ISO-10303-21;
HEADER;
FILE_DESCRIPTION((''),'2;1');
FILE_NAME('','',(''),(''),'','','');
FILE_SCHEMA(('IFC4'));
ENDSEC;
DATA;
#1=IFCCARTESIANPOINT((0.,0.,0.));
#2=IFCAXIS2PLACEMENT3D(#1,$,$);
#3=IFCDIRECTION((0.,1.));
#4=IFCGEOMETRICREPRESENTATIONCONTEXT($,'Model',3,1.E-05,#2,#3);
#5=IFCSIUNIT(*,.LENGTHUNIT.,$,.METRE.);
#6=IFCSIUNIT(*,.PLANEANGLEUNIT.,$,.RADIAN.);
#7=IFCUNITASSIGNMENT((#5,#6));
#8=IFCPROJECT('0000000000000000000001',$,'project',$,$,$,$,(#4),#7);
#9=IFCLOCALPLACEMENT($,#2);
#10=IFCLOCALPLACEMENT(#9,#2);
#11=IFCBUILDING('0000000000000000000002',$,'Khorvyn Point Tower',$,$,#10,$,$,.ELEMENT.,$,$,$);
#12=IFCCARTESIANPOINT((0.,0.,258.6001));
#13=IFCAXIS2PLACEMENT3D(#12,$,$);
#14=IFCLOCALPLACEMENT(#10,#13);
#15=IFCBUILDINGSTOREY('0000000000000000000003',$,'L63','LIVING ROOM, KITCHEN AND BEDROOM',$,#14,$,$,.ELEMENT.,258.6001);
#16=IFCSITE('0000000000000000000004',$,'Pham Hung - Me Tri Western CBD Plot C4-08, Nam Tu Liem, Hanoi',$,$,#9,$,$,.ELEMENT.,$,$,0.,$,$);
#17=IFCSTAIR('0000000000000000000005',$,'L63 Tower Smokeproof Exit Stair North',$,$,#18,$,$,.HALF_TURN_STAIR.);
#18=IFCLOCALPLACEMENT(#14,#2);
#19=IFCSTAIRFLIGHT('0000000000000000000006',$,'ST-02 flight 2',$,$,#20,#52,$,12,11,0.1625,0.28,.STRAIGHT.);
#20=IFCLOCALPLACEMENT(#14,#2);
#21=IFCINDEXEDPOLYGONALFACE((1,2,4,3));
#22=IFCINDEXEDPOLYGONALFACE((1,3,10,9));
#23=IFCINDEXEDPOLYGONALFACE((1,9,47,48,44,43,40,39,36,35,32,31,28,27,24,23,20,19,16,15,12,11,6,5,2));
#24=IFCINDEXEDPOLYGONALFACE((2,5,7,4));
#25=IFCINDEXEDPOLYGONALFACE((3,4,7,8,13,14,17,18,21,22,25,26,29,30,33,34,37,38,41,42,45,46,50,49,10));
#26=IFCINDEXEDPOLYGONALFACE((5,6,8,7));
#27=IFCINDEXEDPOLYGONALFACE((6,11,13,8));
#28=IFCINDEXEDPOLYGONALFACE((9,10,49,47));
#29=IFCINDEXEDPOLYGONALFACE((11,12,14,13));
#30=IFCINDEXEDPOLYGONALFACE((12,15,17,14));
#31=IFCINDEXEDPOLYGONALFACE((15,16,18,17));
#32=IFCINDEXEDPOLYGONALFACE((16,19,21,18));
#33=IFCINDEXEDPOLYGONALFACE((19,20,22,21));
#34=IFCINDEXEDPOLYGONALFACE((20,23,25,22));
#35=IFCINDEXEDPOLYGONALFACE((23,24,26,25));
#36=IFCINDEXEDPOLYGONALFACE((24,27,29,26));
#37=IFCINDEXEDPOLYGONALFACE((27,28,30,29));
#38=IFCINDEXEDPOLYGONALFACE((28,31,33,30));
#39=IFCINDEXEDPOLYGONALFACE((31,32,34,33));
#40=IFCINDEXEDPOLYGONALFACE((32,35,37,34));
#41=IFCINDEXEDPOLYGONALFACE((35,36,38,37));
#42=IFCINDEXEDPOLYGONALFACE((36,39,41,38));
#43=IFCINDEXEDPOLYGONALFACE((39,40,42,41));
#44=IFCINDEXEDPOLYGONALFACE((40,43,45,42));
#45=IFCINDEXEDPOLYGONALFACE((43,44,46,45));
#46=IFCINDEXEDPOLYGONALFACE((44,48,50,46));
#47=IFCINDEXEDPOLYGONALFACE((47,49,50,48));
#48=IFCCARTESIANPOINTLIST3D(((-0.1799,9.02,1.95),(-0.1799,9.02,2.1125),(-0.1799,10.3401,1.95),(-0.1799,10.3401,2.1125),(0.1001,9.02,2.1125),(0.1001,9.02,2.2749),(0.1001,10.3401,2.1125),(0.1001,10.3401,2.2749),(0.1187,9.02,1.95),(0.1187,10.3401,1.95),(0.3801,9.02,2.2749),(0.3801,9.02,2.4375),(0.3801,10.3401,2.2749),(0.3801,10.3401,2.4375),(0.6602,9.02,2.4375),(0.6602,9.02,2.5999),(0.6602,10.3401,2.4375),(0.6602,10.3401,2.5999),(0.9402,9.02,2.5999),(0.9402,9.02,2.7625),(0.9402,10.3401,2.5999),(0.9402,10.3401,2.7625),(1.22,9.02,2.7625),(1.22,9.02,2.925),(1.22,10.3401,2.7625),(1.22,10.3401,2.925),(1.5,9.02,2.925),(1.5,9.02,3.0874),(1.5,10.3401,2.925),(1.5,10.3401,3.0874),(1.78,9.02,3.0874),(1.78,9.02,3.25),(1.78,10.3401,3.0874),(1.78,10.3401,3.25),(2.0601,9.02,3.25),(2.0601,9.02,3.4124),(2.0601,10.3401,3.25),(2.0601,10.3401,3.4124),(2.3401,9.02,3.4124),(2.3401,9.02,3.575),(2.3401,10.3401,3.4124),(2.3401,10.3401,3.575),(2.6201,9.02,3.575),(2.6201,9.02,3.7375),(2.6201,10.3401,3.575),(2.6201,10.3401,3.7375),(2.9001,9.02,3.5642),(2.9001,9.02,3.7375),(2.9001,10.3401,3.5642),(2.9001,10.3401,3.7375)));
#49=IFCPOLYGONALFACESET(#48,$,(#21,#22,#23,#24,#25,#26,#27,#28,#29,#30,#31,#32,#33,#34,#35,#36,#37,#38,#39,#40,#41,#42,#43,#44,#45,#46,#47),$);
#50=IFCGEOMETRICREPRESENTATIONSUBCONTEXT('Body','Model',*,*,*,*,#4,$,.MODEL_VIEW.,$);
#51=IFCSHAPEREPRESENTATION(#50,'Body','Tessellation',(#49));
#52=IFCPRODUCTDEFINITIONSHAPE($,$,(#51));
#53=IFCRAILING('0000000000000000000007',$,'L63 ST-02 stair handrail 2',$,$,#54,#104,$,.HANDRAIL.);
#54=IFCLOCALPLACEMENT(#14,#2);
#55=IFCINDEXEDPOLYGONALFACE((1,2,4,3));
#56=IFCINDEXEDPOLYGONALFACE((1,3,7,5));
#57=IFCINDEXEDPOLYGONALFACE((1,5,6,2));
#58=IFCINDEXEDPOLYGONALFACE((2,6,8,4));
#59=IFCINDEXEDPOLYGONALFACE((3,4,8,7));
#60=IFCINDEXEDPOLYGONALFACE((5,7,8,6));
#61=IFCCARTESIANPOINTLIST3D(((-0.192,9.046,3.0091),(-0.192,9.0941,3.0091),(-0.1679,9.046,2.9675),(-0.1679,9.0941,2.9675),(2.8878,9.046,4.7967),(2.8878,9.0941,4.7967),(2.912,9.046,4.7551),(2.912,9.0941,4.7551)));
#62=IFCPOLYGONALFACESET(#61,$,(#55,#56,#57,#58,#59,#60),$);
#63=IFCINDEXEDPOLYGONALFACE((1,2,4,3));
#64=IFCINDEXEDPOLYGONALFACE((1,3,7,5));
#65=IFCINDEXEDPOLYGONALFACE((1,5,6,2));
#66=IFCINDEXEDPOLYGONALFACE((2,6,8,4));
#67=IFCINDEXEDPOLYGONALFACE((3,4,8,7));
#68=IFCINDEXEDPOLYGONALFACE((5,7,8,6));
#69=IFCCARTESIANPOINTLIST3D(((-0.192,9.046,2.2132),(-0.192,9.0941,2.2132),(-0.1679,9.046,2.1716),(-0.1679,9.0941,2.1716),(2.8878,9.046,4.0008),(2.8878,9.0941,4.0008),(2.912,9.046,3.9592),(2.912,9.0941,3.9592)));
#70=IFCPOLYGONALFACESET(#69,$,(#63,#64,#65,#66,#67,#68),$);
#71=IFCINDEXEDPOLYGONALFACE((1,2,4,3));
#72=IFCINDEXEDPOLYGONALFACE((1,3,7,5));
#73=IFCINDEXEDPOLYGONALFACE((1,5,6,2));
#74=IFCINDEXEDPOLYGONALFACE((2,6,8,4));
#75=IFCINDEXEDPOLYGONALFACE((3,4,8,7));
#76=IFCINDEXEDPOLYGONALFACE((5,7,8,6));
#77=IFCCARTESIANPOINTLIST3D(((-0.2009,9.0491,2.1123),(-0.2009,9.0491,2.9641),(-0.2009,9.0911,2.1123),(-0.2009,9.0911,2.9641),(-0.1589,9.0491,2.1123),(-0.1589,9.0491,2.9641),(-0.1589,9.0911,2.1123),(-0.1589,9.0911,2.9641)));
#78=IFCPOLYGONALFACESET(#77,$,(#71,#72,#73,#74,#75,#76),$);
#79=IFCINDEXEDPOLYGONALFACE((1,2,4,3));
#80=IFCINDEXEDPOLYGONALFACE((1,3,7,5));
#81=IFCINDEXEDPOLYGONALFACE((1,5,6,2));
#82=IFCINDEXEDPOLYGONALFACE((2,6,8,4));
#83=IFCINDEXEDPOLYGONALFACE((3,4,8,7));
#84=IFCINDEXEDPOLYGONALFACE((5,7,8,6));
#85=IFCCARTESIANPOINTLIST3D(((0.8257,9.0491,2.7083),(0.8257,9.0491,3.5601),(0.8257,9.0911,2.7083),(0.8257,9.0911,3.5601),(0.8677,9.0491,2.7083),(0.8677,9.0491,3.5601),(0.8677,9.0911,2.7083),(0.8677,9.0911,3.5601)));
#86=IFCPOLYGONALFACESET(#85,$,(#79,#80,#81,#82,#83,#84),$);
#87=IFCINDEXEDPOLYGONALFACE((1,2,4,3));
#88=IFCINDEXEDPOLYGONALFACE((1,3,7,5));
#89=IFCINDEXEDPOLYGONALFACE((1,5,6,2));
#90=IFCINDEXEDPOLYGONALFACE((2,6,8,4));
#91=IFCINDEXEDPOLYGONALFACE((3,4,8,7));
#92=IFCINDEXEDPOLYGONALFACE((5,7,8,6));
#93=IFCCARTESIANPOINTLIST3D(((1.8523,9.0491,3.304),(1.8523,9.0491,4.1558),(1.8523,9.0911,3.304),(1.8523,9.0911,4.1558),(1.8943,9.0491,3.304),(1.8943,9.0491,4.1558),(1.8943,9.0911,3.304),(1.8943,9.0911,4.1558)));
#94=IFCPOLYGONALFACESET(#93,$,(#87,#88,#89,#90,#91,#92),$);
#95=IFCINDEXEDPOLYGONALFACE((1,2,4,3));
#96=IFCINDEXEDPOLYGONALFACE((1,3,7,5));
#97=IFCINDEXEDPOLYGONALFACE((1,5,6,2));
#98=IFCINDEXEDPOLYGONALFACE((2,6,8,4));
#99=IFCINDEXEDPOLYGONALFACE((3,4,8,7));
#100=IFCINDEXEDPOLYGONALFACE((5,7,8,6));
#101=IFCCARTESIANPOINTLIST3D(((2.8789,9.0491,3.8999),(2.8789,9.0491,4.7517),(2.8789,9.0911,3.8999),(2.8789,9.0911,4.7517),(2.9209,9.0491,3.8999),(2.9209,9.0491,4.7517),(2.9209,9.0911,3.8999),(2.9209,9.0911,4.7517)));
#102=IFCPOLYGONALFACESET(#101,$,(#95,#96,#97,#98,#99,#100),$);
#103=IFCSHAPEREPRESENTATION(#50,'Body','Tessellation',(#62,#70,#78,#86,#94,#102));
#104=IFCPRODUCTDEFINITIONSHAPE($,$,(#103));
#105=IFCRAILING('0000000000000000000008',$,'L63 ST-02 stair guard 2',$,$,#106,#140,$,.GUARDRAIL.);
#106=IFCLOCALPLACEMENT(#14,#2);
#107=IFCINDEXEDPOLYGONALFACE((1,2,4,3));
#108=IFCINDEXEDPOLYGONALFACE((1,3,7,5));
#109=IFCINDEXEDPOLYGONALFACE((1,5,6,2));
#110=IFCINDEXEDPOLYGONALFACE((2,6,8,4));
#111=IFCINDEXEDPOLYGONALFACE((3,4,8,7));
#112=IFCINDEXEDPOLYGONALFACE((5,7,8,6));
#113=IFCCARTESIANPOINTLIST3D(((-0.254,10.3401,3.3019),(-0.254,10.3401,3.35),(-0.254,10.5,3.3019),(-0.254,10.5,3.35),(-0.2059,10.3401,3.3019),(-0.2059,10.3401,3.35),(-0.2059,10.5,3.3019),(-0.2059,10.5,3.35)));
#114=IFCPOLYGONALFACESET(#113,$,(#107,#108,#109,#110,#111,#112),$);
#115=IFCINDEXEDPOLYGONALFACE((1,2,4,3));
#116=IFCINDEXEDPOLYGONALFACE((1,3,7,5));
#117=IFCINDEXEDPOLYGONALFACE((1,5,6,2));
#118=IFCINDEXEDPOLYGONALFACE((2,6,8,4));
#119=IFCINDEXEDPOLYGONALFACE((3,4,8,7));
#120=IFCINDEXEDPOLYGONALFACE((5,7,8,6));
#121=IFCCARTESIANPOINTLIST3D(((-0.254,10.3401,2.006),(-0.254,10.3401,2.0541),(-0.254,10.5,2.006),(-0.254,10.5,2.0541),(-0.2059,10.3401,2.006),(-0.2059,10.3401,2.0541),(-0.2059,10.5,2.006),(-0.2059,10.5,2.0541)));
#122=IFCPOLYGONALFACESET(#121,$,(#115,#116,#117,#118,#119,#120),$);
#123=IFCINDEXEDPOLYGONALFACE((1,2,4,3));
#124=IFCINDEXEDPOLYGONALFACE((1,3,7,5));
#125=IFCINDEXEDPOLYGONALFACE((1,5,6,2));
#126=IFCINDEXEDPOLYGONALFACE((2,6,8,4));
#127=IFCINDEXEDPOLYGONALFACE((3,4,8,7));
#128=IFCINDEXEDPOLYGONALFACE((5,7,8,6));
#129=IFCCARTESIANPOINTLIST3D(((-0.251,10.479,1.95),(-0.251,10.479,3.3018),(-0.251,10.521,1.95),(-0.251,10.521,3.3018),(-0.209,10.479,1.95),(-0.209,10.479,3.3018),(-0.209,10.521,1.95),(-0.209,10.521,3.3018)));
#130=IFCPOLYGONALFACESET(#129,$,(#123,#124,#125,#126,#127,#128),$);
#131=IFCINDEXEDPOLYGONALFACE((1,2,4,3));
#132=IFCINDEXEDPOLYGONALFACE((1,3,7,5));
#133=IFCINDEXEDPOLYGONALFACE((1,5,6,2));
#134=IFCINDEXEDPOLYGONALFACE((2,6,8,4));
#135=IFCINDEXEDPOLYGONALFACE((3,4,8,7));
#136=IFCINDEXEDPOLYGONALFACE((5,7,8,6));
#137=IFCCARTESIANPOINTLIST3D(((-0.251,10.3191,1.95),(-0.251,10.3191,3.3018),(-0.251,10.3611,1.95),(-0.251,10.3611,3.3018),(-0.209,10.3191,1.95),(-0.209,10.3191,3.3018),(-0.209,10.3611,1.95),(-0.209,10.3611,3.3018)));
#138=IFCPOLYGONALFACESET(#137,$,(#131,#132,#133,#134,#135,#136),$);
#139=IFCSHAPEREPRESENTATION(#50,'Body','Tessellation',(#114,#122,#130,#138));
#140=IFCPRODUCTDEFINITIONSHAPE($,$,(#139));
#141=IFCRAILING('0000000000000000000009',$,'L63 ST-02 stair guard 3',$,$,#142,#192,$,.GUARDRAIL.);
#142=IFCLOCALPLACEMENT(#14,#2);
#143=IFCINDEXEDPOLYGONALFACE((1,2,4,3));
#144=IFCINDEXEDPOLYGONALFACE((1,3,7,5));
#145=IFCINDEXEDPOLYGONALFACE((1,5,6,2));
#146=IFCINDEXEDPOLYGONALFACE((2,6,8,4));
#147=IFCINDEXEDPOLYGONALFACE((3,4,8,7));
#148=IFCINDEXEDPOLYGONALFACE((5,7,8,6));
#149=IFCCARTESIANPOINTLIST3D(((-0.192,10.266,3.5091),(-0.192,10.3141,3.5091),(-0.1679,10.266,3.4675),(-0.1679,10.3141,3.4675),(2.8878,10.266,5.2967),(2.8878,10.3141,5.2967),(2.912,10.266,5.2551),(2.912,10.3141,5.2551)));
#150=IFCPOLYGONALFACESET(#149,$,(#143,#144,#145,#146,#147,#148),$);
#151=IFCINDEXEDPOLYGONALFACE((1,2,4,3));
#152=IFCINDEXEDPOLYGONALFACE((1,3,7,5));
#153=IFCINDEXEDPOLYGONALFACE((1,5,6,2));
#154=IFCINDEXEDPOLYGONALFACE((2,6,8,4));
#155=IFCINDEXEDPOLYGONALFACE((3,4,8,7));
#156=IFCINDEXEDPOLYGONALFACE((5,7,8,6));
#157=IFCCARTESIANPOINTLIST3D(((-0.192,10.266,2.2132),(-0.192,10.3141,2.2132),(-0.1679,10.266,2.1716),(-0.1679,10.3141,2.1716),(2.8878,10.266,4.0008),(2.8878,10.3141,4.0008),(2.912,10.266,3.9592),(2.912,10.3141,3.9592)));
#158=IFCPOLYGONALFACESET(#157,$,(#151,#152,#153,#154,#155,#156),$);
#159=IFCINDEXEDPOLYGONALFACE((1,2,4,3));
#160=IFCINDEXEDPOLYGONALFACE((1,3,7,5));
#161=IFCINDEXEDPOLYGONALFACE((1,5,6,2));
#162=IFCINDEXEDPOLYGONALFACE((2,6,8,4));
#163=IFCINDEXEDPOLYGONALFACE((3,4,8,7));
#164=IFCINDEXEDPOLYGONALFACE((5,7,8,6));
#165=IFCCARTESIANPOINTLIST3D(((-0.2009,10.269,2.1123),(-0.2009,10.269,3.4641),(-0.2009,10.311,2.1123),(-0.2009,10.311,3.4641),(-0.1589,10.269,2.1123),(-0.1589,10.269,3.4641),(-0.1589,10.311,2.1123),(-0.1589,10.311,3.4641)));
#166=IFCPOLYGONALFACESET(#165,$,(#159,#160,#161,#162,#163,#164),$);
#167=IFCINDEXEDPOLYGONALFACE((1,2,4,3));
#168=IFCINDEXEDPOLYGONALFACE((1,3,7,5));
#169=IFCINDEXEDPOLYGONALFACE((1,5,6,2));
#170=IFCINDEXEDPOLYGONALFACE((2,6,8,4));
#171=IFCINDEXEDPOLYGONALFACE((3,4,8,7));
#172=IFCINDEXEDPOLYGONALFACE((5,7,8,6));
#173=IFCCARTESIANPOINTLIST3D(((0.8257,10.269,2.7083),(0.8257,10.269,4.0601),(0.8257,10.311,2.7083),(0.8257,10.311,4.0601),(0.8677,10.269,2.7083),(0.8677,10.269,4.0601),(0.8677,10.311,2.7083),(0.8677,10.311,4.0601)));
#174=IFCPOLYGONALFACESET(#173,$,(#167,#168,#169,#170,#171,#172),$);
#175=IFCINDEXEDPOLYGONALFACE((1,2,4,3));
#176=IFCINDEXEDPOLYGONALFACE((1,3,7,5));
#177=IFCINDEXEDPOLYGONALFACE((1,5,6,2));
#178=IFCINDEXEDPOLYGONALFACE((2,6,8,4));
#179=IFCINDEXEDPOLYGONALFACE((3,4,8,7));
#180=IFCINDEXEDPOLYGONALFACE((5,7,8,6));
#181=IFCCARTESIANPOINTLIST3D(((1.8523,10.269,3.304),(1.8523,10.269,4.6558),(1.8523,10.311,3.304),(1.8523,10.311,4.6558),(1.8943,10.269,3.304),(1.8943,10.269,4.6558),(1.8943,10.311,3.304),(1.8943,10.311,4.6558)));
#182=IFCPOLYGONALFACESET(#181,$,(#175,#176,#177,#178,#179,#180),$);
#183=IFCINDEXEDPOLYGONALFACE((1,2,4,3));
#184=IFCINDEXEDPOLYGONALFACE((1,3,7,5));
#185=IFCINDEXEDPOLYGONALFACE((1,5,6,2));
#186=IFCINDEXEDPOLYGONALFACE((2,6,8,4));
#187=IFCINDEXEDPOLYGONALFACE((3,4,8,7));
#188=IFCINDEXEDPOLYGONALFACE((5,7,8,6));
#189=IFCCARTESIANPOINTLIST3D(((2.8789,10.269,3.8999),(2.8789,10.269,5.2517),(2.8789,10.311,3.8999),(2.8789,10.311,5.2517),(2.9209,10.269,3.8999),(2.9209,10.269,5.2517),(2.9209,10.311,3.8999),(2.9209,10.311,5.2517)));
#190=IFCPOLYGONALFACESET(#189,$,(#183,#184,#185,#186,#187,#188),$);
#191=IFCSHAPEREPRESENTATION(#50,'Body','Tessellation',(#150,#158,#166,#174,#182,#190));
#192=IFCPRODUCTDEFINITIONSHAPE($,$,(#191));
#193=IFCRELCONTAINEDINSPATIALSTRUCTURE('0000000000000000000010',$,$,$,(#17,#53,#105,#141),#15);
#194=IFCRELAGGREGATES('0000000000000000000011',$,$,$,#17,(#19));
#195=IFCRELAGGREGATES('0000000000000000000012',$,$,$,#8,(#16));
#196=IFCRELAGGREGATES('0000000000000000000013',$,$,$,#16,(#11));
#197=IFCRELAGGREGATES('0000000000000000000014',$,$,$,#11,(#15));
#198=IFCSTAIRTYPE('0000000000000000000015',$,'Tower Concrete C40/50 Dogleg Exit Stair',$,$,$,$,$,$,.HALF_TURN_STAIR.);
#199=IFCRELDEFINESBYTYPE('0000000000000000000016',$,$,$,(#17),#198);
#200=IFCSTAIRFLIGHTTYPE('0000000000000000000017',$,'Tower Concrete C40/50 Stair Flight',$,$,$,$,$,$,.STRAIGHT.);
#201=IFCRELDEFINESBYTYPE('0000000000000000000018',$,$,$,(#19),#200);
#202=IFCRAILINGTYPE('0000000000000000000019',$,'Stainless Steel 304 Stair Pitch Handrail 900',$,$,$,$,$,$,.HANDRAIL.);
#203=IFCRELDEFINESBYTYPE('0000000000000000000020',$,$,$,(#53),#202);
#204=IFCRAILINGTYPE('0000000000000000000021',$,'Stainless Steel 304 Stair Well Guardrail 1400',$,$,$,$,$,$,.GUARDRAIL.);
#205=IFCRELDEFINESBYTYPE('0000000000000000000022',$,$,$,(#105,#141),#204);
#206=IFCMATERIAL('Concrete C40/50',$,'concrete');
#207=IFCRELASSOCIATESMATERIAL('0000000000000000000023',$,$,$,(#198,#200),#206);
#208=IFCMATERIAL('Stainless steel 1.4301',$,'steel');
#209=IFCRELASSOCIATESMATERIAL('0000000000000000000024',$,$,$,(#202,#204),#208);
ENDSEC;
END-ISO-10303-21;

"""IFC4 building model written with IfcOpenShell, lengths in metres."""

from ifc_helpers import new_model, si_unit, direction, frame, origin, origin_2d, place, context, subcontext, project, spatial, polyline, rectangle, outline, extrude, material, type_object, element, aggregate, save


model = new_model("IFC4")

# Units and contexts
model_context = context("Model", 3, precision=1e-05, world=origin(), true_north=direction((0.0, 1.0)))
body_context = subcontext(model_context, "Body", "Model", "MODEL_VIEW")
ifc_project = project(units=[si_unit("LENGTHUNIT", "METRE"), si_unit("PLANEANGLEUNIT", "RADIAN")], contexts=[model_context])

# Site, building, storey
site_placement = place(None, origin())
site = spatial("IfcSite", under=ifc_project, at=site_placement, Name="Pham Hung - Me Tri Western CBD Plot C4-08, Nam Tu Liem, Hanoi", CompositionType="ELEMENT", RefElevation=0.0)
building_placement = place(site_placement, origin())
building = spatial("IfcBuilding", under=site, at=building_placement, Name="Khorvyn Point Tower", CompositionType="ELEMENT")
storey_placement = place(building_placement, frame((0.0, 0.0, 258.6001)))
storey = spatial("IfcBuildingStorey", under=building, at=storey_placement, Name="L63", Description="LIVING ROOM, KITCHEN AND BEDROOM", CompositionType="ELEMENT", Elevation=258.6001)

# Shared definitions
ifc_material_1 = material(Name="Concrete C40/50", Category="concrete")

# Stair, stair flight
stair_type = type_object("IfcStairType", Name="Tower Concrete C40/50 Dogleg Exit Stair", PredefinedType="HALF_TURN_STAIR", material=ifc_material_1)
stair_placement = place(storey_placement, origin())
stair = element("IfcStair", 1, at=stair_placement, inside=storey, type_object=stair_type, Name="L63 Tower Smokeproof Exit Stair North", PredefinedType="HALF_TURN_STAIR")
stair_flight_type = type_object("IfcStairFlightType", Name="Tower Concrete C40/50 Stair Flight", PredefinedType="STRAIGHT", material=ifc_material_1)
stair_flight_placement = place(storey_placement, frame((-0.1799, 9.6799, 1.95), z_axis=(0.0, 0.0, 1.0), x_axis=(1.0, 0.0, 0.0)))
stair_flight = element("IfcStairFlight", 2, at=stair_flight_placement, type_object=stair_flight_type, Name="ST-02 flight 2", NumberOfRisers=12, NumberOfTreads=11, PredefinedType="STRAIGHT", RiserHeight=0.1625, TreadLength=0.28, context=body_context, shape_type="SweptSolid", body=[
    extrude(outline(polyline([(0.0, 0.0), (0.0, 0.1626), (0.28, 0.1626), (0.28, 0.325), (0.5601, 0.325), (0.5601, 0.4875), (0.8401, 0.4875), (0.8401, 0.6499), (1.1201, 0.6499), (1.1201, 0.8125), (1.3999, 0.8125), (1.3999, 0.9751), (1.6799, 0.9751), (1.6799, 1.1375), (1.96, 1.1375), (1.96, 1.3), (2.24, 1.3), (2.24, 1.4624), (2.52, 1.4624), (2.52, 1.625), (2.8, 1.625), (2.8, 1.7876), (3.0801, 1.7876), (3.0801, 1.95), (3.0801, 1.6143), (0.2986, 0.0), (0.0, 0.0)])), frame((0.0, 0.6602, 0.0), z_axis=(0.0, -1.0, 0.0), x_axis=(1.0, 0.0, 0.0)), (0.0, 0.0, 1.0), 1.3201),
])
aggregate(stair, [stair_flight])

# Railings
ifc_material_2 = material(Name="Stainless steel 1.4301", Category="steel")
railing_type_1 = type_object("IfcRailingType", Name="Stainless Steel 304 Stair Pitch Handrail 900", PredefinedType="HANDRAIL", material=ifc_material_2)
railing_1_placement = place(storey_placement, frame((-0.1799, 9.0701, 2.1123)))
element("IfcRailing", 3, at=railing_1_placement, inside=storey, type_object=railing_type_1, Name="L63 ST-02 stair handrail 2", PredefinedType="HANDRAIL", context=body_context, shape_type="SweptSolid", body=[
    extrude(rectangle(XDim=0.0481, YDim=0.0481, at=origin_2d()), frame((0.0, 0.0, 0.876), z_axis=(0.864873, 0.0, 0.50199), x_axis=(0.0, 1.0, 0.0)), (0.0, 0.0, 1.0), 3.561),
    extrude(rectangle(XDim=0.0481, YDim=0.0481, at=origin_2d()), frame((0.0, 0.0, 0.0801), z_axis=(0.864873, 0.0, 0.50199), x_axis=(0.0, 1.0, 0.0)), (0.0, 0.0, 1.0), 3.561),
    extrude(rectangle(XDim=0.042, YDim=0.042, at=origin_2d()), origin(), (0.0, 0.0, 1.0), 0.8518),
    extrude(rectangle(XDim=0.042, YDim=0.042, at=origin_2d()), frame((1.0266, 0.0, 0.5959)), (0.0, 0.0, 1.0), 0.8518),
    extrude(rectangle(XDim=0.042, YDim=0.042, at=origin_2d()), frame((2.0532, 0.0, 1.1917)), (0.0, 0.0, 1.0), 0.8518),
    extrude(rectangle(XDim=0.042, YDim=0.042, at=origin_2d()), frame((3.0798, 0.0, 1.7876)), (0.0, 0.0, 1.0), 0.8518),
])
railing_type_2 = type_object("IfcRailingType", Name="Stainless Steel 304 Stair Well Guardrail 1400", PredefinedType="GUARDRAIL", material=ifc_material_2)
railing_2_placement = place(storey_placement, frame((-0.23, 10.5, 1.95)))
element("IfcRailing", 4, at=railing_2_placement, inside=storey, type_object=railing_type_2, Name="L63 ST-02 stair guard 2", PredefinedType="GUARDRAIL", context=body_context, shape_type="SweptSolid", body=[
    extrude(rectangle(XDim=0.0481, YDim=0.0481, at=origin_2d()), frame((0.0, 0.0, 1.376), z_axis=(0.0, -1.0, 0.0), x_axis=(1.0, 0.0, 0.0)), (0.0, 0.0, 1.0), 0.1599),
    extrude(rectangle(XDim=0.0481, YDim=0.0481, at=origin_2d()), frame((0.0, 0.0, 0.0801), z_axis=(0.0, -1.0, 0.0), x_axis=(1.0, 0.0, 0.0)), (0.0, 0.0, 1.0), 0.1599),
    extrude(rectangle(XDim=0.042, YDim=0.042, at=origin_2d()), origin(), (0.0, 0.0, 1.0), 1.3518),
    extrude(rectangle(XDim=0.042, YDim=0.042, at=origin_2d()), frame((0.0, -0.1599, 0.0)), (0.0, 0.0, 1.0), 1.3518),
])
railing_3_placement = place(storey_placement, frame((-0.1799, 10.29, 2.1123)))
element("IfcRailing", 5, at=railing_3_placement, inside=storey, type_object=railing_type_2, Name="L63 ST-02 stair guard 3", PredefinedType="GUARDRAIL", context=body_context, shape_type="SweptSolid", body=[
    extrude(rectangle(XDim=0.0481, YDim=0.0481, at=origin_2d()), frame((0.0, 0.0, 1.376), z_axis=(0.864873, 0.0, 0.50199), x_axis=(0.0, 1.0, 0.0)), (0.0, 0.0, 1.0), 3.561),
    extrude(rectangle(XDim=0.0481, YDim=0.0481, at=origin_2d()), frame((0.0, 0.0, 0.0801), z_axis=(0.864873, 0.0, 0.50199), x_axis=(0.0, 1.0, 0.0)), (0.0, 0.0, 1.0), 3.561),
    extrude(rectangle(XDim=0.042, YDim=0.042, at=origin_2d()), origin(), (0.0, 0.0, 1.0), 1.3518),
    extrude(rectangle(XDim=0.042, YDim=0.042, at=origin_2d()), frame((1.0266, 0.0, 0.5959)), (0.0, 0.0, 1.0), 1.3518),
    extrude(rectangle(XDim=0.042, YDim=0.042, at=origin_2d()), frame((2.0532, 0.0, 1.1917)), (0.0, 0.0, 1.0), 1.3518),
    extrude(rectangle(XDim=0.042, YDim=0.042, at=origin_2d()), frame((3.0798, 0.0, 1.7876)), (0.0, 0.0, 1.0), 1.3518),
])

save(model, "model.ifc")
